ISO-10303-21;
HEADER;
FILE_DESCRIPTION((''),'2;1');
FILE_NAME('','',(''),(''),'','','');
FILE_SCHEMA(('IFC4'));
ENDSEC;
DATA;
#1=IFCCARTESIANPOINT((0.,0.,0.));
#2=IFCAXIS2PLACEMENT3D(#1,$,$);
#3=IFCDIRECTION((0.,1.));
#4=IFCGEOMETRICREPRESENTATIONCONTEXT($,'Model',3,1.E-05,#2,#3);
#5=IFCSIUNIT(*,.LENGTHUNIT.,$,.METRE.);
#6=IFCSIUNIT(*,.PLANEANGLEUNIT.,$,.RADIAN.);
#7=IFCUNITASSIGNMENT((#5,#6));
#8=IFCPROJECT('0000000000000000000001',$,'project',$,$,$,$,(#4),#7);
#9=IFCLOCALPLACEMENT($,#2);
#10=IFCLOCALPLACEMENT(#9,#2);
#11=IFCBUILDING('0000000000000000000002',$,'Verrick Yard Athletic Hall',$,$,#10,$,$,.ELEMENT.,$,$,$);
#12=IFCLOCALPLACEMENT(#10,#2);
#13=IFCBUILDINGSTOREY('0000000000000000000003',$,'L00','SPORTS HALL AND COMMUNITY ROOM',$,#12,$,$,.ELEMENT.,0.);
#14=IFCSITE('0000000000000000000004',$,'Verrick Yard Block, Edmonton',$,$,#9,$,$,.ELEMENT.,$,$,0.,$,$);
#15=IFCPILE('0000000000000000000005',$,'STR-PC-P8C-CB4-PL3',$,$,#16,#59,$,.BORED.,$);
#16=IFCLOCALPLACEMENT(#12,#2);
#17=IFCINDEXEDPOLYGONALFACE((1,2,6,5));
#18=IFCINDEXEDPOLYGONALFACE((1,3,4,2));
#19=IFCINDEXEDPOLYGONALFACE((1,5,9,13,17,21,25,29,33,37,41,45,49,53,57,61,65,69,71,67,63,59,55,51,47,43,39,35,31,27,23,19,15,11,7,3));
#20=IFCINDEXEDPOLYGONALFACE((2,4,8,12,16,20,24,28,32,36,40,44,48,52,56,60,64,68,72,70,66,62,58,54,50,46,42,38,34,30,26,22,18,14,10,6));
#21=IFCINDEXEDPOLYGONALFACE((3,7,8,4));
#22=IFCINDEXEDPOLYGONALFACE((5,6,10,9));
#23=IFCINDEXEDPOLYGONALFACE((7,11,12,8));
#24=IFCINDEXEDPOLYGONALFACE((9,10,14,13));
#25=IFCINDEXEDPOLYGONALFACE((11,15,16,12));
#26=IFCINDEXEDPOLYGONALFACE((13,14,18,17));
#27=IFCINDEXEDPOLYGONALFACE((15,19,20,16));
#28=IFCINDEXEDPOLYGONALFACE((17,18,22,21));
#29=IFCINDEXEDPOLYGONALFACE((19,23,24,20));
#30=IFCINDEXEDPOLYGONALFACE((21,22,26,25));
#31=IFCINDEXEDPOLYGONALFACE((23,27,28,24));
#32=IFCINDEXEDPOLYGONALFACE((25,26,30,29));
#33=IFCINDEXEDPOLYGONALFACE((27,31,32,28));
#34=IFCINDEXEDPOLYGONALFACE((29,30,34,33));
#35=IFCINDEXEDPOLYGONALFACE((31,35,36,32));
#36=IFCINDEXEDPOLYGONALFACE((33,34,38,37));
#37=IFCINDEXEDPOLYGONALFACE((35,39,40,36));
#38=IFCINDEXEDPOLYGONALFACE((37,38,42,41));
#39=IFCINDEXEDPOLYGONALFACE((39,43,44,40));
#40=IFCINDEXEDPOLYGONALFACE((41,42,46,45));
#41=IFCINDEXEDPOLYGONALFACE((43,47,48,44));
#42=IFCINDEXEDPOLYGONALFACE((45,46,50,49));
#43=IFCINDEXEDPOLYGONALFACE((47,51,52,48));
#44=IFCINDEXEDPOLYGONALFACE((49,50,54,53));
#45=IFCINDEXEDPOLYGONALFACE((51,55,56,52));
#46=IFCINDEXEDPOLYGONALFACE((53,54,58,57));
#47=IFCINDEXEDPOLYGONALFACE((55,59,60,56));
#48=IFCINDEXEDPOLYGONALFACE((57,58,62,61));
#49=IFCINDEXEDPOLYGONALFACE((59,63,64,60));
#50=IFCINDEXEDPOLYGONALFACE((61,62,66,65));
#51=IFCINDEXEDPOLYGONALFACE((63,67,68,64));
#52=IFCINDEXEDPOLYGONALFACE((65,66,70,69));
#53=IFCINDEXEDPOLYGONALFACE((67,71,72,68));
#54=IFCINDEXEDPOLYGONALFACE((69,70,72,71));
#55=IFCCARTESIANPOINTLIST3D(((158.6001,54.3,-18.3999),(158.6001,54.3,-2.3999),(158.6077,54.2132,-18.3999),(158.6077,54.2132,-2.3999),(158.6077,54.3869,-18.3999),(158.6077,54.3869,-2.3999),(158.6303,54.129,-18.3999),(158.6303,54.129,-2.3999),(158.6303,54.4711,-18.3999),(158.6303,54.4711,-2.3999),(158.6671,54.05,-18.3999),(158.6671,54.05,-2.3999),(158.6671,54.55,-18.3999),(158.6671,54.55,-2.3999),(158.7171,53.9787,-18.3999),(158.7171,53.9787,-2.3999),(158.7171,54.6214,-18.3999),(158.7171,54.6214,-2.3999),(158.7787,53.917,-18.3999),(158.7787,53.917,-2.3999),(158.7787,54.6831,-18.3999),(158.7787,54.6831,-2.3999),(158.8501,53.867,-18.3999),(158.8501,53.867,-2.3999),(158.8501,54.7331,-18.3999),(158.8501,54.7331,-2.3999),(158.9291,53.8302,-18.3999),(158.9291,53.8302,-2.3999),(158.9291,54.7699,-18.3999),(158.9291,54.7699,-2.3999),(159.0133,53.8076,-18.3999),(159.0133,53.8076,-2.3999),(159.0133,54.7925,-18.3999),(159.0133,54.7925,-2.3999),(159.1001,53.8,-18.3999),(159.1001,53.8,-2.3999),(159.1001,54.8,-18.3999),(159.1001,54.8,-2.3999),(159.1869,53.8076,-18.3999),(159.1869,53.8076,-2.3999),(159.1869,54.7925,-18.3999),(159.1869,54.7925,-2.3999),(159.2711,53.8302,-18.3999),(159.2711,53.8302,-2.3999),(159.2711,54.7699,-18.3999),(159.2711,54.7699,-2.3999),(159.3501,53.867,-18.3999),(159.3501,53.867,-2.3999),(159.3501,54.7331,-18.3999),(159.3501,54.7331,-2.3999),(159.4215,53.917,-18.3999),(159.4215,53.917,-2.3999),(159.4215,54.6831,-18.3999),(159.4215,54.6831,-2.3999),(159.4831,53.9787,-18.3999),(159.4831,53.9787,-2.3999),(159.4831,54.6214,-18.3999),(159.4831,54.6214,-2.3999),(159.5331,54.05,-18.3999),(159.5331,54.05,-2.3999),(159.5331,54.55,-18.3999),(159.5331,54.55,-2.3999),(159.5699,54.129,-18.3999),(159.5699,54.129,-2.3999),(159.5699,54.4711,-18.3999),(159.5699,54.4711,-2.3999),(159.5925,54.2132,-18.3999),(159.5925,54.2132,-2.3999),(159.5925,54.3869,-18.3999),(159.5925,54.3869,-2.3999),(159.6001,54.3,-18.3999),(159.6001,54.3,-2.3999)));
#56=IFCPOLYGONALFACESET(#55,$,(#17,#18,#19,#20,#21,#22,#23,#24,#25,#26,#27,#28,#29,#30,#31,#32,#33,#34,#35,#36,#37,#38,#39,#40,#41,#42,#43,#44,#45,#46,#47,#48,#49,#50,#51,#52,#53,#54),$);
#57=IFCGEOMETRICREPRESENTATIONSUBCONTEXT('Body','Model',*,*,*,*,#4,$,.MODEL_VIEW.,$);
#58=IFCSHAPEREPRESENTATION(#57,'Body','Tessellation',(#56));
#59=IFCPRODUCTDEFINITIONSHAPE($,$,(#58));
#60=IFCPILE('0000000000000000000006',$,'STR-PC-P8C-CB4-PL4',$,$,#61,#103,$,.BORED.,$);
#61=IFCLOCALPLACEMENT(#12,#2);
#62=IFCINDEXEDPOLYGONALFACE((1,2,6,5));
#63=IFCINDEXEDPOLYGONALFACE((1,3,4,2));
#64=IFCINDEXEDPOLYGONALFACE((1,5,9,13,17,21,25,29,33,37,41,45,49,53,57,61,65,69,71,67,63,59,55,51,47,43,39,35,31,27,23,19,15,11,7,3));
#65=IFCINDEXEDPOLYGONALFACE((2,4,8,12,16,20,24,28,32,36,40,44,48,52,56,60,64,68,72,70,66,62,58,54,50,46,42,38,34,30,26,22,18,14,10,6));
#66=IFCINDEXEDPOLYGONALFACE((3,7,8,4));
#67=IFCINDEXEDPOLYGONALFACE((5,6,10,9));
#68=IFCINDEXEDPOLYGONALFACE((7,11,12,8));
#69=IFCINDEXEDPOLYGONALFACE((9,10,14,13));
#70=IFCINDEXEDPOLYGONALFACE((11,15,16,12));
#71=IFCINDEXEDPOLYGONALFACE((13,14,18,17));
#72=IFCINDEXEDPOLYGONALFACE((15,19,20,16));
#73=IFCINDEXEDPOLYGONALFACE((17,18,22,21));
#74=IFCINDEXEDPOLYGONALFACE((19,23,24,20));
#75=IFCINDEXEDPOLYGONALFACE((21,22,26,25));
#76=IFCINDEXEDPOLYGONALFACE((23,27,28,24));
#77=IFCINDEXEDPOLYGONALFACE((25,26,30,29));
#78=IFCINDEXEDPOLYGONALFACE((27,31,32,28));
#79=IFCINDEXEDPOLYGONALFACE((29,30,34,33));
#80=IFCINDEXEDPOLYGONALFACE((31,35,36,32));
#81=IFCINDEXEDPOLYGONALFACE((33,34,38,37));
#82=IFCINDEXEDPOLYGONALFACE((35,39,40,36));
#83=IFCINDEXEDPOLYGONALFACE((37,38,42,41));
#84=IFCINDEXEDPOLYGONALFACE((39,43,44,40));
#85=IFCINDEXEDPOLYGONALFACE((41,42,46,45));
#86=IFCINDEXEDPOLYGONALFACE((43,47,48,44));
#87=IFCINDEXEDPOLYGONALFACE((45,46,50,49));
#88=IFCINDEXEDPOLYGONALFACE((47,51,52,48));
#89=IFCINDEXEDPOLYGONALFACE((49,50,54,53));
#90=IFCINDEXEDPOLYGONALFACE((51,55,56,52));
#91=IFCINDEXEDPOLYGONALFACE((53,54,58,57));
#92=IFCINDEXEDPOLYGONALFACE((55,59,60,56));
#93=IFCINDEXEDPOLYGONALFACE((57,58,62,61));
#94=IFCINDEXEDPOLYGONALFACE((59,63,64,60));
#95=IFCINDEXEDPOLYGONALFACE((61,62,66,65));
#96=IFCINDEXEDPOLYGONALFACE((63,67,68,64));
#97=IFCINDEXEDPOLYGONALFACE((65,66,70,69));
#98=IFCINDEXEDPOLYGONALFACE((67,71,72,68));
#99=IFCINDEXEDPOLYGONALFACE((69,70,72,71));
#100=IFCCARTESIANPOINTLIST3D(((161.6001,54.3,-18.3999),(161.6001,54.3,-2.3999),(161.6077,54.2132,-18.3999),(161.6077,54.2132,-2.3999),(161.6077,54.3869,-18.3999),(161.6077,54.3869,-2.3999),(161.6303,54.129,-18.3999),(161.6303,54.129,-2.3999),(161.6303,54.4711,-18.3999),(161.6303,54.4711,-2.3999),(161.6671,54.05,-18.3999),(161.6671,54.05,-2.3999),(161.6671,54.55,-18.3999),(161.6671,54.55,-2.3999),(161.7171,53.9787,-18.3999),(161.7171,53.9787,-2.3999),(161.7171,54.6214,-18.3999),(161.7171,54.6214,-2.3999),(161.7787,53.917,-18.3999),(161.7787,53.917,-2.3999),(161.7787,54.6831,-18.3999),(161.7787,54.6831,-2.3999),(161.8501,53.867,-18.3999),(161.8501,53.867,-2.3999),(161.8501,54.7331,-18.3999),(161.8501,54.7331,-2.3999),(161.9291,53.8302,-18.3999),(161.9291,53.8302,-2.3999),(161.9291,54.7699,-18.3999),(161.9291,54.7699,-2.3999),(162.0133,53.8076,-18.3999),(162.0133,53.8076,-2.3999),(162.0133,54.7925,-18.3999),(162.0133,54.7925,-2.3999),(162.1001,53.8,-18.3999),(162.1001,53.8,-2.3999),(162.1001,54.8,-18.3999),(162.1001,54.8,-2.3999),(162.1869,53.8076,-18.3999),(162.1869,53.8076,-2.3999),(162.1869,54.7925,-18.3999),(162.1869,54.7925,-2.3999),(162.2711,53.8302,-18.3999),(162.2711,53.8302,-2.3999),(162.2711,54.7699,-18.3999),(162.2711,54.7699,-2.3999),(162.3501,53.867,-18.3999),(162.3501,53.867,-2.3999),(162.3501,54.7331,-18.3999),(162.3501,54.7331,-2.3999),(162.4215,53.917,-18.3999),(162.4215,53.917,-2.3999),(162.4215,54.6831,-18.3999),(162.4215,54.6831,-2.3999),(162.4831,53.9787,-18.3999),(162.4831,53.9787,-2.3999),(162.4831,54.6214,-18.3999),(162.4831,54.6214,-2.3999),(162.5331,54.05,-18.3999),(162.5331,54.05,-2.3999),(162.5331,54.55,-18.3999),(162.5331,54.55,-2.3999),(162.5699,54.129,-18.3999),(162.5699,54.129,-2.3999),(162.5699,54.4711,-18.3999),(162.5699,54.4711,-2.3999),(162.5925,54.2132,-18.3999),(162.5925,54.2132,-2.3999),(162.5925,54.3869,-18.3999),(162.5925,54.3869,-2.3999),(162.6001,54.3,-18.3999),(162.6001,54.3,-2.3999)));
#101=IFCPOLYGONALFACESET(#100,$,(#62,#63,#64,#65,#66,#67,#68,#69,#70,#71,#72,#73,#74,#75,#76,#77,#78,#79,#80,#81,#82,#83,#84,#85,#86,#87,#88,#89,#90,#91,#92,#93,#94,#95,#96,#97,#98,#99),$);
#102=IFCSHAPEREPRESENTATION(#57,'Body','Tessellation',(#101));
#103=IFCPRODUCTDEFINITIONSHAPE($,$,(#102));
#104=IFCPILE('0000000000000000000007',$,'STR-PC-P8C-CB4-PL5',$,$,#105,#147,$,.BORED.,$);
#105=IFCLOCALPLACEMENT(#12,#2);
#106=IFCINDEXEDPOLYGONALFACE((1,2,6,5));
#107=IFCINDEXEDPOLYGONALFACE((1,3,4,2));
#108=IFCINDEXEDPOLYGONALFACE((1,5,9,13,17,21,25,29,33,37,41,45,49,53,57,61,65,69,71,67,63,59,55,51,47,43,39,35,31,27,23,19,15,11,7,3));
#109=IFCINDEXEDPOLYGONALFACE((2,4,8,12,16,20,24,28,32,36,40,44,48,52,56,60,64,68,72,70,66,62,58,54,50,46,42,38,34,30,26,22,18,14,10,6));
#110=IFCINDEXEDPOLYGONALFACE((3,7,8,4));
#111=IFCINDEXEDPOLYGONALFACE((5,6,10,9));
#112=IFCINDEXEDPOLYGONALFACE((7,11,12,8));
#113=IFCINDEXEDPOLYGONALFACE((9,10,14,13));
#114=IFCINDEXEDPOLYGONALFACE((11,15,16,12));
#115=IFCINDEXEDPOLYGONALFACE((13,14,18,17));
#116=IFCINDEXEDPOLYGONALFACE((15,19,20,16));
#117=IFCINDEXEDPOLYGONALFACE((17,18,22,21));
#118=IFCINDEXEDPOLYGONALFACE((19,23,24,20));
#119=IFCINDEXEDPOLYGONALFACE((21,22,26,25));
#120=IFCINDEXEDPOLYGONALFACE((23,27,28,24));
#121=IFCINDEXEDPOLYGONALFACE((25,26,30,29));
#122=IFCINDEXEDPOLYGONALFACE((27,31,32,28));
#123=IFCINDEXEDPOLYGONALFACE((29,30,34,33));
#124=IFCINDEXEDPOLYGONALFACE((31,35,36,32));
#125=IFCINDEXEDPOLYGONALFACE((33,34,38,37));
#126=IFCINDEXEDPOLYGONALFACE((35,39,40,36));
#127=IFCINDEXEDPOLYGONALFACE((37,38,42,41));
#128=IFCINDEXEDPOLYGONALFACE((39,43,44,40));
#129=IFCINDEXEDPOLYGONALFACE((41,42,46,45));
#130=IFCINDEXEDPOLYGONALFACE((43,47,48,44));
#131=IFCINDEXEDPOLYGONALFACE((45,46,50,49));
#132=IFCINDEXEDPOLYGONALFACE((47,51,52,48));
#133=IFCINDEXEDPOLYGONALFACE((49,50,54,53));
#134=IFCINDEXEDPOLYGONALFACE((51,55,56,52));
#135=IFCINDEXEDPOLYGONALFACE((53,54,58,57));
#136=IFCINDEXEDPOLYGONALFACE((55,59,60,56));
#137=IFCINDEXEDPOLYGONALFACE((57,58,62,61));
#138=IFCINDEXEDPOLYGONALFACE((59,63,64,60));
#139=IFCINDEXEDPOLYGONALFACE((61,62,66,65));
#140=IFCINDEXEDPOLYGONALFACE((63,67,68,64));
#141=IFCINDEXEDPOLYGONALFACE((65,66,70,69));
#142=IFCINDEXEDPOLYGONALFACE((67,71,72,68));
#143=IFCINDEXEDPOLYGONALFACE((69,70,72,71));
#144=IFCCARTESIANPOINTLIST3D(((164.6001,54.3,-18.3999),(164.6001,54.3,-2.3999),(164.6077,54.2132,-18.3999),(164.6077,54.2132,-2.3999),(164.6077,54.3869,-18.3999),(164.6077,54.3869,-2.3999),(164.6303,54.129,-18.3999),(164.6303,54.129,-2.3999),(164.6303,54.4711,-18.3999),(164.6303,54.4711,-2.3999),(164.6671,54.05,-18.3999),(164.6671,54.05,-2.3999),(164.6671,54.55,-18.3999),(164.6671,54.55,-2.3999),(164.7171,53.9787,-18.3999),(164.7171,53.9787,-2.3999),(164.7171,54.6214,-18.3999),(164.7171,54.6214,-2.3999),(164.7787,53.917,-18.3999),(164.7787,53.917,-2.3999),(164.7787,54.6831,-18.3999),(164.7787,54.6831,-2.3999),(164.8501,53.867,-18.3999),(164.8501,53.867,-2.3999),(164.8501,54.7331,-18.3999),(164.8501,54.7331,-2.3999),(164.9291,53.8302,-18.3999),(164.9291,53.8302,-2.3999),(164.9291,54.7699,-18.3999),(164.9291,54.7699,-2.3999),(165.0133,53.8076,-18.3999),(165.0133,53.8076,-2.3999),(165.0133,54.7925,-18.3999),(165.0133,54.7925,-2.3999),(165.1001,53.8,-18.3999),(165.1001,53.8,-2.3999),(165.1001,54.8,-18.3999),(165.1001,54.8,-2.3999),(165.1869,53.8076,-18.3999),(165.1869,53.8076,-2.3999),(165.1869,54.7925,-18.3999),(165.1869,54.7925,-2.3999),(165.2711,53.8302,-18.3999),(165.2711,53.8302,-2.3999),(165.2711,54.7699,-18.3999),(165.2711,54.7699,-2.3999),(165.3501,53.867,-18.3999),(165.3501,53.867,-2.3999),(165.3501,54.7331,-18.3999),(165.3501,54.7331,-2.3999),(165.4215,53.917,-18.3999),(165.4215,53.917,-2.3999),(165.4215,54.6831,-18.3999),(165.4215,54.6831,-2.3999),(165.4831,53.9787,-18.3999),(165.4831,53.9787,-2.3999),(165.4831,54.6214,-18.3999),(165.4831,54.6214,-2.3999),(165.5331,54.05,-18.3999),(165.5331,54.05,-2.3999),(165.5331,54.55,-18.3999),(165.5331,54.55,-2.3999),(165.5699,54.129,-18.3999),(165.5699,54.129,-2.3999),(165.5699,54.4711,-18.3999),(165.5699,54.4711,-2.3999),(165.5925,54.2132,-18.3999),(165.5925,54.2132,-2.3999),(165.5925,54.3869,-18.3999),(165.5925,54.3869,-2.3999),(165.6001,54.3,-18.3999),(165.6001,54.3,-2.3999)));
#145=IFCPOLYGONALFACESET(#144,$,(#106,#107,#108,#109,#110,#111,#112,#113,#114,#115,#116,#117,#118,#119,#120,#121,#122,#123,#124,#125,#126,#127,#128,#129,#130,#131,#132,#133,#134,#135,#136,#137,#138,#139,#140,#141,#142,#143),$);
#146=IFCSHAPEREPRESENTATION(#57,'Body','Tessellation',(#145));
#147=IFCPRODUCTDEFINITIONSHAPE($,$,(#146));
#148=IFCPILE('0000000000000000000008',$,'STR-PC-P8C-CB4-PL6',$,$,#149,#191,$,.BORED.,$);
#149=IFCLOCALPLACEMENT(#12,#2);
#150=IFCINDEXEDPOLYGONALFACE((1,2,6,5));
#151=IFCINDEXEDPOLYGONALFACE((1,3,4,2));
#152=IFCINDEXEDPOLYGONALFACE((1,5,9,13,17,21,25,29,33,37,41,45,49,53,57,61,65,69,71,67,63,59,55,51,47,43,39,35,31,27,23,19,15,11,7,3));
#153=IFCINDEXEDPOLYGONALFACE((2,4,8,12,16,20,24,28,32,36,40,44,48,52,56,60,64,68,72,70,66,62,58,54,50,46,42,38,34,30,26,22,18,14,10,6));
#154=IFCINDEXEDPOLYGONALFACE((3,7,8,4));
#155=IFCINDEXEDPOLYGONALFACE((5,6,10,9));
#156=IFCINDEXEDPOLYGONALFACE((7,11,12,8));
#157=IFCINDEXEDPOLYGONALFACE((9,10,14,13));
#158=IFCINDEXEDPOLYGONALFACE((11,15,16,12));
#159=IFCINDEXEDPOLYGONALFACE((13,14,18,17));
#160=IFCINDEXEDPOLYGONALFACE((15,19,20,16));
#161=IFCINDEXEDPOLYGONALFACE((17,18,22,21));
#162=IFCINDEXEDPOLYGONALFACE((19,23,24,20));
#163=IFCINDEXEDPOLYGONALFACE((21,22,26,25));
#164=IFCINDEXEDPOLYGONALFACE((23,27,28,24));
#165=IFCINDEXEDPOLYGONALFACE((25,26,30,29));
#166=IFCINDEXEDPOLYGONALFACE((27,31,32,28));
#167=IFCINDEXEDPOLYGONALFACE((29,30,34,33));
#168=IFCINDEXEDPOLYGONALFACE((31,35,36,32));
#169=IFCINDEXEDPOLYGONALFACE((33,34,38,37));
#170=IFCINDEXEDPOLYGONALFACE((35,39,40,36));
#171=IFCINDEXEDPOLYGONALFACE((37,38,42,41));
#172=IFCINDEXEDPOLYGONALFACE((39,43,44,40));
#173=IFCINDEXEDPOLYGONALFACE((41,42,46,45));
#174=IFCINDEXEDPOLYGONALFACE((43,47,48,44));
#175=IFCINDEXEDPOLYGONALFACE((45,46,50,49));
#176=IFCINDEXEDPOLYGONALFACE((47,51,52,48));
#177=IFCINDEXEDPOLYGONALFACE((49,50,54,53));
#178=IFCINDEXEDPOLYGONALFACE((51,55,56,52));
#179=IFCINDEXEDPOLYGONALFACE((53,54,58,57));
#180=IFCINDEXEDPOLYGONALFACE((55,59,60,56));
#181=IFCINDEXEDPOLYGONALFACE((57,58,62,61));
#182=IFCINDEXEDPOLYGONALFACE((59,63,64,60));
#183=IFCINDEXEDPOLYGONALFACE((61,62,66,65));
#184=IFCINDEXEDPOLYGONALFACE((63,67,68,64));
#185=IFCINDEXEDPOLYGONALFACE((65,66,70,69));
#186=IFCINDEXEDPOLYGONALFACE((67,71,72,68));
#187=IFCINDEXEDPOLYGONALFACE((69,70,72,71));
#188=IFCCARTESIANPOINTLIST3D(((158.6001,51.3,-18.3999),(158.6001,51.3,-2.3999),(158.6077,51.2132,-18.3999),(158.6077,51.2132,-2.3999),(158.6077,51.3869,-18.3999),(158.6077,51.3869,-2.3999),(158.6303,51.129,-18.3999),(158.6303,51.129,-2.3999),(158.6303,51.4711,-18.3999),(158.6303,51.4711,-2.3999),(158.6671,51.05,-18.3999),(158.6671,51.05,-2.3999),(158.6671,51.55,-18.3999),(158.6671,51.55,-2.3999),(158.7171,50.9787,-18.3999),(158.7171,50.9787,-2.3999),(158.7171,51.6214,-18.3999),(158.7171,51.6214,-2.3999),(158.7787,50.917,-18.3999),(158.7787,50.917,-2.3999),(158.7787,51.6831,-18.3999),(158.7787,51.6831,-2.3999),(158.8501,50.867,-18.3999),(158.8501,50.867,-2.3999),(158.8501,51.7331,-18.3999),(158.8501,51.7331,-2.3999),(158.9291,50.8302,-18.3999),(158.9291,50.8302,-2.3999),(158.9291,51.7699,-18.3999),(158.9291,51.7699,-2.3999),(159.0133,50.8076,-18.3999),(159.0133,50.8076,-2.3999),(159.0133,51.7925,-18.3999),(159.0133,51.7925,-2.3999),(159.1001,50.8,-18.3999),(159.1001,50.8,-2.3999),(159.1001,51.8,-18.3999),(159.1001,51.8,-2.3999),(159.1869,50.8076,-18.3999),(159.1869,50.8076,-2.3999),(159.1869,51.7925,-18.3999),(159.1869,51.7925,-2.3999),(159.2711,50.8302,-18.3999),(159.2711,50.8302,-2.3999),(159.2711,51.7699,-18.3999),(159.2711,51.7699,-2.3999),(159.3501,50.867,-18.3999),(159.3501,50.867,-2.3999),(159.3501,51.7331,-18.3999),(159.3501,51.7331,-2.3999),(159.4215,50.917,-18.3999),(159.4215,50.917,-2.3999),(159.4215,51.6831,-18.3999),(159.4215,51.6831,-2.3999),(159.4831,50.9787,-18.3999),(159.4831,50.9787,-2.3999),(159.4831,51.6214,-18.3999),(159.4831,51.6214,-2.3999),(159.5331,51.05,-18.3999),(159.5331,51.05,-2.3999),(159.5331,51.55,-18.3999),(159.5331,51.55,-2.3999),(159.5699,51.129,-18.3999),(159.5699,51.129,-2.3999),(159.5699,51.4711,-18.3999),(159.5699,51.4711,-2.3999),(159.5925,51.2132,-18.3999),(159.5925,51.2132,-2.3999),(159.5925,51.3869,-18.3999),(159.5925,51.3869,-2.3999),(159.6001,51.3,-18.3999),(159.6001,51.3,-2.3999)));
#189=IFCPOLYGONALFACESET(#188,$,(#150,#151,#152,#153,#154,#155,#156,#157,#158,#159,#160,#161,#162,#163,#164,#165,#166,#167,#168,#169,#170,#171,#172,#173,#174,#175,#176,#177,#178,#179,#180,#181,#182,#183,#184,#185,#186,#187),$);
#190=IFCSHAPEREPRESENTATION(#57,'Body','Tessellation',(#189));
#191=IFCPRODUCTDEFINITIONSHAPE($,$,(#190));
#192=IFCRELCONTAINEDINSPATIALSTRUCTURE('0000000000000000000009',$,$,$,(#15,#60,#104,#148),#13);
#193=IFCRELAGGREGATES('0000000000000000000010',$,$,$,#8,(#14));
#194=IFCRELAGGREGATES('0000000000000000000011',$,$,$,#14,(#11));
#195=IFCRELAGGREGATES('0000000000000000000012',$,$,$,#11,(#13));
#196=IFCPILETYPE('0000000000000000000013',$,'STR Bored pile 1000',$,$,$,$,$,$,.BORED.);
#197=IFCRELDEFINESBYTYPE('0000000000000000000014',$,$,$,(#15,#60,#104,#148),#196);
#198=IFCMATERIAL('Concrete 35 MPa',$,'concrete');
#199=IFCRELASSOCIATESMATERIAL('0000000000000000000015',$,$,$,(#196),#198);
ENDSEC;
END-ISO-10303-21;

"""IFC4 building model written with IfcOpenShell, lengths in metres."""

from ifc_helpers import new_model, si_unit, direction, frame, origin, origin_2d, place, context, subcontext, project, spatial, circle, extrude, material, type_object, element, save


model = new_model("IFC4")

# Units and contexts
model_context = context("Model", 3, precision=1e-05, world=origin(), true_north=direction((0.0, 1.0)))
body_context = subcontext(model_context, "Body", "Model", "MODEL_VIEW")
ifc_project = project(units=[si_unit("LENGTHUNIT", "METRE"), si_unit("PLANEANGLEUNIT", "RADIAN")], contexts=[model_context])

# Site, building, storey
site_placement = place(None, origin())
site = spatial("IfcSite", under=ifc_project, at=site_placement, Name="Verrick Yard Block, Edmonton", CompositionType="ELEMENT", RefElevation=0.0)
building_placement = place(site_placement, origin())
building = spatial("IfcBuilding", under=site, at=building_placement, Name="Verrick Yard Athletic Hall", CompositionType="ELEMENT")
storey_placement = place(building_placement, origin())
storey = spatial("IfcBuildingStorey", under=building, at=storey_placement, Name="L00", Description="SPORTS HALL AND COMMUNITY ROOM", CompositionType="ELEMENT", Elevation=0.0)

# Piles
ifc_material_1 = material(Name="Concrete 35 MPa", Category="concrete")
pile_type = type_object("IfcPileType", Name="STR Bored pile 1000", PredefinedType="BORED", material=ifc_material_1)
for number, where, z_axis, x_axis, name in (
    (1, (159.1001, 54.3, -2.3999), (0.0, 0.0, -1.0), (1.0, 0.0, 0.0), "STR-PC-P8C-CB4-PL3"),
    (2, (162.1001, 54.3, -2.3999), (0.0, 0.0, -1.0), (1.0, 0.0, 0.0), "STR-PC-P8C-CB4-PL4"),
    (3, (165.1001, 54.3, -2.3999), (0.0, 0.0, -1.0), (1.0, 0.0, 0.0), "STR-PC-P8C-CB4-PL5"),
    (4, (159.1001, 51.3, -2.3999), (0.0, 0.0, -1.0), (1.0, 0.0, 0.0), "STR-PC-P8C-CB4-PL6"),
):
    element("IfcPile", number, at=place(storey_placement, frame(where, z_axis=z_axis, x_axis=x_axis)), inside=storey, type_object=pile_type, Name=name, PredefinedType="BORED", context=body_context, shape_type="SweptSolid", body=[
        extrude(circle(Radius=0.5, at=origin_2d()), origin(), (0.0, 0.0, 1.0), 16.0),
    ])

save(model, "model.ifc")
